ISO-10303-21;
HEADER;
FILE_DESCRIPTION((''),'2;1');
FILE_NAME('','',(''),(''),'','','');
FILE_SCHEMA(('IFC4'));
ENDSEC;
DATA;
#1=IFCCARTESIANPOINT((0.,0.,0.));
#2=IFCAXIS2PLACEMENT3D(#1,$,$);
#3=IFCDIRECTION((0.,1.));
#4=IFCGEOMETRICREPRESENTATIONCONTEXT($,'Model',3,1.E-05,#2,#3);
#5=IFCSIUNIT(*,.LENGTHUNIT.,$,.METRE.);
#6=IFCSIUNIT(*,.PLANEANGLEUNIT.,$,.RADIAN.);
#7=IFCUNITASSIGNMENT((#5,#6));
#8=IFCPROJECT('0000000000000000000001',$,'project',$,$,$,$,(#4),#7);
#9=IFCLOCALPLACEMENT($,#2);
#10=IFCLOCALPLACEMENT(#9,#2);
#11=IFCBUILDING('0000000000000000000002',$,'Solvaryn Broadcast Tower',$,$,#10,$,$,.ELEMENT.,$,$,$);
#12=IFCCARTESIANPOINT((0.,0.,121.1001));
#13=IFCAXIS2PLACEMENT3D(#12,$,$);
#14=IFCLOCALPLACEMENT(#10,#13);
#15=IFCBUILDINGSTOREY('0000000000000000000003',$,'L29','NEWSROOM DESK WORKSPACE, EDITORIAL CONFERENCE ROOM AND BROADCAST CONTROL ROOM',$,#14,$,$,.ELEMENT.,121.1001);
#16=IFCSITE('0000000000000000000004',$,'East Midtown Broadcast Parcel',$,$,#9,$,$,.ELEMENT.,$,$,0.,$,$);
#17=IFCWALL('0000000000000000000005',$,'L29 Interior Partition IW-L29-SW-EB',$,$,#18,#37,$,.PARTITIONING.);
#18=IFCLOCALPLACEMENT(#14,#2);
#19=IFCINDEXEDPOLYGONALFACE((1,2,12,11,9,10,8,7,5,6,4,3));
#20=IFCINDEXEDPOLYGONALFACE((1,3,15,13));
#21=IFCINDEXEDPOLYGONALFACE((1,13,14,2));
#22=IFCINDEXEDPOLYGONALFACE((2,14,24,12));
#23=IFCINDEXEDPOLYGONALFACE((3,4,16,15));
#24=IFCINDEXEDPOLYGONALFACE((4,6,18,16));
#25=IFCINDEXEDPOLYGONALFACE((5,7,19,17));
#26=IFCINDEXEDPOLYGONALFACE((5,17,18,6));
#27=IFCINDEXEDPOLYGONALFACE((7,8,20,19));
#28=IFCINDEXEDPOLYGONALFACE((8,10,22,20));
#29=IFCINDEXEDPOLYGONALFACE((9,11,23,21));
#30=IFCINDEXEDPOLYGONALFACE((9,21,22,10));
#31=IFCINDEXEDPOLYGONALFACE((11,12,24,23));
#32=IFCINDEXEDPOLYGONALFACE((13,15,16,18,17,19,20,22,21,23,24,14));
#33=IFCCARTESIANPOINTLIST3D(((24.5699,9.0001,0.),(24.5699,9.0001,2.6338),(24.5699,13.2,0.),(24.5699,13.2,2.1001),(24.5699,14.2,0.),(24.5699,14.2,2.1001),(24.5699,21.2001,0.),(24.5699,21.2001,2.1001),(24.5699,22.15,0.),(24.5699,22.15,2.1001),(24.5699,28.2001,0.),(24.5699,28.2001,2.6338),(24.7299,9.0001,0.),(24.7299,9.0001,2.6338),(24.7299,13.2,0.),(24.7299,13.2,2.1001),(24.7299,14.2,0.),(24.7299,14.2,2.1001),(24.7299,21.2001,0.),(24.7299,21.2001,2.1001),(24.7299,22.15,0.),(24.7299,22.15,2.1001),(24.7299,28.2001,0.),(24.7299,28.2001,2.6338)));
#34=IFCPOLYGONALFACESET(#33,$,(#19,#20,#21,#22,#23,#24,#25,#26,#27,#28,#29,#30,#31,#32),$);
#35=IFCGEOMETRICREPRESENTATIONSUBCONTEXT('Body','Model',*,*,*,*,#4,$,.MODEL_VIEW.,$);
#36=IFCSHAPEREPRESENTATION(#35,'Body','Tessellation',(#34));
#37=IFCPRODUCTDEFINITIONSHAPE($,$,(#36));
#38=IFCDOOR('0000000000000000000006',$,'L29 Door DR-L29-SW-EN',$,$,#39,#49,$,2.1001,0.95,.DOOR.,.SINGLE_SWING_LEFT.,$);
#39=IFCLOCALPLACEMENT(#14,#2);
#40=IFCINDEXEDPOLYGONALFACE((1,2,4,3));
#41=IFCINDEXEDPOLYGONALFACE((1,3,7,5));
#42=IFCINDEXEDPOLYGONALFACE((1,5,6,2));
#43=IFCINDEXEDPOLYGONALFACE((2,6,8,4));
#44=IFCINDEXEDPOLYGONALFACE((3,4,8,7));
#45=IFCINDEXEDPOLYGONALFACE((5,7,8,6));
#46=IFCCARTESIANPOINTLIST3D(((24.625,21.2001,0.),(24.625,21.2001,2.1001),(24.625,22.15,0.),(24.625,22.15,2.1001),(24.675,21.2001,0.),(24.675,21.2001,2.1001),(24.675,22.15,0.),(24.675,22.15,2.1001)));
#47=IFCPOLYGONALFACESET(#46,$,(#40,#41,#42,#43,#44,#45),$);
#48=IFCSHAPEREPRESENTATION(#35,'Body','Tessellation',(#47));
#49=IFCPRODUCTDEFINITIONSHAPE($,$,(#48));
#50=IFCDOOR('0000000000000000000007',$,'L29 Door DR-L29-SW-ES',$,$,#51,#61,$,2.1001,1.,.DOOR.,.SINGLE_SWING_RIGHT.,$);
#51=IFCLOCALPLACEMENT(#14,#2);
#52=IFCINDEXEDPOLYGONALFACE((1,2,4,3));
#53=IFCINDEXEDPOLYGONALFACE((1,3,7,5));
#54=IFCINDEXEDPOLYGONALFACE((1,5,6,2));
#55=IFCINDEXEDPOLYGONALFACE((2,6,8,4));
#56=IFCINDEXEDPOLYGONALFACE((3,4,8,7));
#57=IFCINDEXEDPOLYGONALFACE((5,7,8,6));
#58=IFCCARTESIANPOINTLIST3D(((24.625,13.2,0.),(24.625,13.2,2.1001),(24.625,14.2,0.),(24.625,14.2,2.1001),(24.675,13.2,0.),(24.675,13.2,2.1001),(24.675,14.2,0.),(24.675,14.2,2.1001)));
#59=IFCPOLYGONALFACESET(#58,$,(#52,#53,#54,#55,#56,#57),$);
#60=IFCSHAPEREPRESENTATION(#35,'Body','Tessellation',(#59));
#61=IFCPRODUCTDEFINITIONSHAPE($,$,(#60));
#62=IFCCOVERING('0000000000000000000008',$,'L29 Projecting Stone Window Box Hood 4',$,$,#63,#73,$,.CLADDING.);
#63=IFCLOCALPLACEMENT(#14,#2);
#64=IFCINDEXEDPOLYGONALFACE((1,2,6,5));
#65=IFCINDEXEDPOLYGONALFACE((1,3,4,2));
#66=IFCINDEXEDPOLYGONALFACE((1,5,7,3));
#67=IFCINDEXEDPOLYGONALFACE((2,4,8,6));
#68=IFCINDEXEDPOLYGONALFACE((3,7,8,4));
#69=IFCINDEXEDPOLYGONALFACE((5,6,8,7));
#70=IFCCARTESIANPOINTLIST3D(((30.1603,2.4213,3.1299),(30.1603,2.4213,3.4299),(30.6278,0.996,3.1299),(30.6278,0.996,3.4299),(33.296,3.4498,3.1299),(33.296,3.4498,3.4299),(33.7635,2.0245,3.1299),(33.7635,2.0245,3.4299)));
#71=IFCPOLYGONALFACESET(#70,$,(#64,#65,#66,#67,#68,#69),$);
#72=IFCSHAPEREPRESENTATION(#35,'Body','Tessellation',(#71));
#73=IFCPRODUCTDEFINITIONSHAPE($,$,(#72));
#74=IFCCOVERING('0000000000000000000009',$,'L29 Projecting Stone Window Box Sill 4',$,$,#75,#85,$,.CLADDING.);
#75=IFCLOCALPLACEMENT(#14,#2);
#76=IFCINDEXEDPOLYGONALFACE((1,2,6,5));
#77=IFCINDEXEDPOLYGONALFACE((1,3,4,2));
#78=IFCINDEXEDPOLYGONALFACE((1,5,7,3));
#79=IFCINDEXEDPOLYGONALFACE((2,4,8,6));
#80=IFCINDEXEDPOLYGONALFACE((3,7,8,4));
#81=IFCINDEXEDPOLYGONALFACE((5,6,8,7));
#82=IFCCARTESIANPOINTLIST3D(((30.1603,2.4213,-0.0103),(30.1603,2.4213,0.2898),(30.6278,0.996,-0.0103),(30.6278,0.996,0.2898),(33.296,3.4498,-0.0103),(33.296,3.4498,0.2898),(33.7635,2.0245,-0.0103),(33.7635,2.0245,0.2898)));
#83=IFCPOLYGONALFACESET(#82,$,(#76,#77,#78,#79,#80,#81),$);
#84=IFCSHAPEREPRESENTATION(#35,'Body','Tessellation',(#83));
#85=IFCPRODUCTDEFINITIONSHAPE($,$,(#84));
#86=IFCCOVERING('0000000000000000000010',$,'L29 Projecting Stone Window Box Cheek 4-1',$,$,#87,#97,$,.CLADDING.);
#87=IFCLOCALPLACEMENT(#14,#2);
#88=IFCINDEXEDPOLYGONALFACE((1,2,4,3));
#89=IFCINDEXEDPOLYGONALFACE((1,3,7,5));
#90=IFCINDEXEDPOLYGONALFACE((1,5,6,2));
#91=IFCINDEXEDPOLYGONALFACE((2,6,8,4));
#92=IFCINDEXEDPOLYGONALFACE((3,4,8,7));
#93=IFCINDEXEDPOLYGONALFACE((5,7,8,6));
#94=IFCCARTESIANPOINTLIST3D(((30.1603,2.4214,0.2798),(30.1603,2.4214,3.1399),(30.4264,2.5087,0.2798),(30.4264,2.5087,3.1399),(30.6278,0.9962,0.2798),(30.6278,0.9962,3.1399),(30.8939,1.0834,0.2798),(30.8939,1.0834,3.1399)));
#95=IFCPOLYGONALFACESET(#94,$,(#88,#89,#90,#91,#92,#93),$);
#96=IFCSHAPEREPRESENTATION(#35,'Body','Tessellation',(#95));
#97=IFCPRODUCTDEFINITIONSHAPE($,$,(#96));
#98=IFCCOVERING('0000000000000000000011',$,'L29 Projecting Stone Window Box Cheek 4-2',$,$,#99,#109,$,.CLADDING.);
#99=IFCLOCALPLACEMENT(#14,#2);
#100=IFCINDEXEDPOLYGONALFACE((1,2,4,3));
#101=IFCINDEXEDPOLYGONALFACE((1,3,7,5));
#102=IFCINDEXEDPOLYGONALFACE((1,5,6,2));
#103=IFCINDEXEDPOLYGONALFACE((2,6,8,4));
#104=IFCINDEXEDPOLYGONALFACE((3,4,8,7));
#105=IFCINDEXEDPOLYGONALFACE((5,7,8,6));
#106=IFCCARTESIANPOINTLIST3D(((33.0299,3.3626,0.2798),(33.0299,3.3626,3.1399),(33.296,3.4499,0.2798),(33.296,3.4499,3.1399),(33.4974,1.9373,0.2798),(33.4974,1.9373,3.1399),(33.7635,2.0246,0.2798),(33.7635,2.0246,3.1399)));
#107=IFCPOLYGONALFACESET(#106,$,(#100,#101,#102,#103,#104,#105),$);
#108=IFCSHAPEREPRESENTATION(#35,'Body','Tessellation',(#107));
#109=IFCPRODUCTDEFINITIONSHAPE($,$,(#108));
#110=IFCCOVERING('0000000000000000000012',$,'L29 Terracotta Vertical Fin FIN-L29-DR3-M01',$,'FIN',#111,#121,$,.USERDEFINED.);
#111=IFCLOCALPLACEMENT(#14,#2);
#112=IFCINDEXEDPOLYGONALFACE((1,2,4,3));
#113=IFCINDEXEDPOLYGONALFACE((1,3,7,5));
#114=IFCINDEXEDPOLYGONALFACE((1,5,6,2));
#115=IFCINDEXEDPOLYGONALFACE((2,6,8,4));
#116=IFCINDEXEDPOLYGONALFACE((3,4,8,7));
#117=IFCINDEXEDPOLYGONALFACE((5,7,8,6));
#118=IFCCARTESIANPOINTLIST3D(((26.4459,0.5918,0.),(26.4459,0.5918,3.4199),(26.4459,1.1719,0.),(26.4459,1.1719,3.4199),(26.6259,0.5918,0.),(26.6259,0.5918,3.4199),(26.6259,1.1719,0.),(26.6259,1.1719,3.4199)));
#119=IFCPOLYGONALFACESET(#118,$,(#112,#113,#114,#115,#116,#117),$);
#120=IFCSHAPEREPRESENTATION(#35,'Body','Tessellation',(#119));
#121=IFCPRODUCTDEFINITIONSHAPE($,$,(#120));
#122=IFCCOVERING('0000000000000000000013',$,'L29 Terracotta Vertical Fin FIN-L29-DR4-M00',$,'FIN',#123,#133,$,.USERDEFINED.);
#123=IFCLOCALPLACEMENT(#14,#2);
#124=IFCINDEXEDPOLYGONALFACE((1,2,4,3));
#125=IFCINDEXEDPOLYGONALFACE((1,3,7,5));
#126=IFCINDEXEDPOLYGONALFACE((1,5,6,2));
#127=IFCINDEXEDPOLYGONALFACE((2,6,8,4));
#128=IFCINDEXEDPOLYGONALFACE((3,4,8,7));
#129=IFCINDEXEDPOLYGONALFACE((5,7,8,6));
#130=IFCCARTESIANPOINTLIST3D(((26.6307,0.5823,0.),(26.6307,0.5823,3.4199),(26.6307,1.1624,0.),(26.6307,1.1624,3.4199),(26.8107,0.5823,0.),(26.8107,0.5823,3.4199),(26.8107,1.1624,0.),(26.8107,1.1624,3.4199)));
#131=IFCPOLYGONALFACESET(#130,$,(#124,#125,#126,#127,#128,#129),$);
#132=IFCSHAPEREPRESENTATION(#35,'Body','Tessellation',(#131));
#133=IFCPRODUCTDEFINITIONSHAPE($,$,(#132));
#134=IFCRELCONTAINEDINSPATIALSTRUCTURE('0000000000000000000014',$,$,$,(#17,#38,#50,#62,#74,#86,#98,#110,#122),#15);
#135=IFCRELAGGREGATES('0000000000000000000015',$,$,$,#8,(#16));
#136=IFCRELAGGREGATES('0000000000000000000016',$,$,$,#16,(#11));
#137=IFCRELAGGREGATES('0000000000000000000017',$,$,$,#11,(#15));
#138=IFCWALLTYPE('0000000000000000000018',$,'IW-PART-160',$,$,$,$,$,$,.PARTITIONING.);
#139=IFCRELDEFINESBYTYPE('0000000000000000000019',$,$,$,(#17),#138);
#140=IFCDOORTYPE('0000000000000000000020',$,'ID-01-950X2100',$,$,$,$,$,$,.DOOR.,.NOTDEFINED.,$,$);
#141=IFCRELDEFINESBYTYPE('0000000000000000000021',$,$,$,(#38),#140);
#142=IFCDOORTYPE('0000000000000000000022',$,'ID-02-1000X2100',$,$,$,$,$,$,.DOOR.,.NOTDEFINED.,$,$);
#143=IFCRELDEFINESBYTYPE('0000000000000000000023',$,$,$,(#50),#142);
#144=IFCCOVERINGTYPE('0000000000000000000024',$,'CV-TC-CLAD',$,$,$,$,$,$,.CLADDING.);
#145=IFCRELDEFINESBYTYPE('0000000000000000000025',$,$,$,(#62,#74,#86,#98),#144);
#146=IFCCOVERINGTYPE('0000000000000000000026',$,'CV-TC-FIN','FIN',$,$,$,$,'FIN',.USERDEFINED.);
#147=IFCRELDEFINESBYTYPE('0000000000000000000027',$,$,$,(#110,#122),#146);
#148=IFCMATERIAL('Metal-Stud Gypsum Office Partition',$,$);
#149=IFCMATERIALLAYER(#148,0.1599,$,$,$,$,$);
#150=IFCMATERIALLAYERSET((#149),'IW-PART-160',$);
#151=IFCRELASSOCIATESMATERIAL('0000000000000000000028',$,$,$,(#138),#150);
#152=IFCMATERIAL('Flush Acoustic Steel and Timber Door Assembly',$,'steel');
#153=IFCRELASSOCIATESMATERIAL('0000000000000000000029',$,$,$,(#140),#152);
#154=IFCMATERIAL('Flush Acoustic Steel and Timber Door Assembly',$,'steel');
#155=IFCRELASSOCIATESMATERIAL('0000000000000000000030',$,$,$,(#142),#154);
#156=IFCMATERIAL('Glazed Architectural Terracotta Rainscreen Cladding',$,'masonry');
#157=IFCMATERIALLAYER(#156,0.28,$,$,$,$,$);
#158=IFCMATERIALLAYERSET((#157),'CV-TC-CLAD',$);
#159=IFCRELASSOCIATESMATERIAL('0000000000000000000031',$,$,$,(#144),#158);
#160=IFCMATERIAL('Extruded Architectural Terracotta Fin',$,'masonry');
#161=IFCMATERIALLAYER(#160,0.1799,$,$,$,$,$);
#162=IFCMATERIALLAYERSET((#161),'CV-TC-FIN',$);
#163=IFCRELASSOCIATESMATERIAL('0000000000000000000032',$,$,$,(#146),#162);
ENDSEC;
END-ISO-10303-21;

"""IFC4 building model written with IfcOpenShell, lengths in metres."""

from ifc_helpers import new_model, si_unit, direction, frame, frame_2d, origin, origin_2d, place, context, subcontext, project, spatial, rectangle, extrude, material, layer, layer_set, type_object, element, fill, save


model = new_model("IFC4")

# Units and contexts
model_context = context("Model", 3, precision=1e-05, world=origin(), true_north=direction((0.0, 1.0)))
body_context = subcontext(model_context, "Body", "Model", "MODEL_VIEW")
ifc_project = project(units=[si_unit("LENGTHUNIT", "METRE"), si_unit("PLANEANGLEUNIT", "RADIAN")], contexts=[model_context])

# Site, building, storey
site_placement = place(None, origin())
site = spatial("IfcSite", under=ifc_project, at=site_placement, Name="East Midtown Broadcast Parcel", CompositionType="ELEMENT", RefElevation=0.0)
building_placement = place(site_placement, origin())
building = spatial("IfcBuilding", under=site, at=building_placement, Name="Solvaryn Broadcast Tower", CompositionType="ELEMENT")
storey_placement = place(building_placement, frame((0.0, 0.0, 121.1001)))
storey = spatial("IfcBuildingStorey", under=building, at=storey_placement, Name="L29", Description="NEWSROOM DESK WORKSPACE, EDITORIAL CONFERENCE ROOM AND BROADCAST CONTROL ROOM", CompositionType="ELEMENT", Elevation=121.1001)

# Wall, openings, doors
ifc_material_1 = material(Name="Metal-Stud Gypsum Office Partition")
ifc_layer_1 = layer(ifc_material_1, 0.1599)
ifc_layer_set_1 = layer_set([ifc_layer_1], Name="IW-PART-160")
wall_type_1 = type_object("IfcWallType", Name="IW-PART-160", PredefinedType="PARTITIONING", material=ifc_layer_set_1)
wall_1_placement = place(storey_placement, frame((24.6499, 9.0, 0.0), z_axis=(0.0, 0.0, 1.0), x_axis=(0.0, 1.0, 0.0)))
wall_1 = element("IfcWall", 1, at=wall_1_placement, inside=storey, type_object=wall_type_1, Name="L29 Interior Partition IW-L29-SW-EB", PredefinedType="PARTITIONING", context=body_context, shape_type="SweptSolid", body=[
    extrude(rectangle(XDim=19.2, YDim=0.1599, at=frame_2d((9.6001, 0.0))), origin(), (0.0, 0.0, 1.0), 2.6338),
])
opening_1_placement = place(wall_1_placement, frame((12.2, 0.0, 0.0)))
opening_1 = element("IfcOpeningElement", 2, at=opening_1_placement, cuts=wall_1, PredefinedType="OPENING", context=body_context, shape_type="SweptSolid", body=[
    extrude(rectangle(XDim=0.95, YDim=2.1001, at=frame_2d((0.4751, 1.05))), frame((0.0, 0.0901, 0.0), z_axis=(0.0, -1.0, 0.0), x_axis=(1.0, 0.0, 0.0)), (0.0, 0.0, 1.0), 0.1799),
])
opening_2_placement = place(wall_1_placement, frame((4.2, 0.0, 0.0)))
opening_2 = element("IfcOpeningElement", 3, at=opening_2_placement, cuts=wall_1, PredefinedType="OPENING", context=body_context, shape_type="SweptSolid", body=[
    extrude(rectangle(XDim=1.0, YDim=2.1001, at=frame_2d((0.5, 1.05))), frame((0.0, 0.0901, 0.0), z_axis=(0.0, -1.0, 0.0), x_axis=(1.0, 0.0, 0.0)), (0.0, 0.0, 1.0), 0.1799),
])
ifc_material_2 = material(Name="Flush Acoustic Steel and Timber Door Assembly", Category="steel")
door_type_1 = type_object("IfcDoorType", Name="ID-01-950X2100", OperationType="NOTDEFINED", PredefinedType="DOOR", material=ifc_material_2)
door_1_placement = place(opening_1_placement, origin())
door_1 = element("IfcDoor", 4, at=door_1_placement, inside=storey, type_object=door_type_1, Name="L29 Door DR-L29-SW-EN", OperationType="SINGLE_SWING_LEFT", OverallHeight=2.1001, OverallWidth=0.95, PredefinedType="DOOR", context=body_context, shape_type="SweptSolid", body=[
    extrude(rectangle(XDim=0.95, YDim=2.1001, at=frame_2d((0.4751, 1.05))), frame((0.0, 0.0249, 0.0), z_axis=(0.0, -1.0, 0.0), x_axis=(1.0, 0.0, 0.0)), (0.0, 0.0, 1.0), 0.05),
])
fill(opening_1, door_1)
ifc_material_3 = material(Name="Flush Acoustic Steel and Timber Door Assembly", Category="steel")
door_type_2 = type_object("IfcDoorType", Name="ID-02-1000X2100", OperationType="NOTDEFINED", PredefinedType="DOOR", material=ifc_material_3)
door_2_placement = place(opening_2_placement, origin())
door_2 = element("IfcDoor", 5, at=door_2_placement, inside=storey, type_object=door_type_2, Name="L29 Door DR-L29-SW-ES", OperationType="SINGLE_SWING_RIGHT", OverallHeight=2.1001, OverallWidth=1.0, PredefinedType="DOOR", context=body_context, shape_type="SweptSolid", body=[
    extrude(rectangle(XDim=1.0, YDim=2.1001, at=frame_2d((0.5, 1.05))), frame((0.0, 0.0249, 0.0), z_axis=(0.0, -1.0, 0.0), x_axis=(1.0, 0.0, 0.0)), (0.0, 0.0, 1.0), 0.05),
])
fill(opening_2, door_2)

# Coverings
ifc_material_4 = material(Name="Glazed Architectural Terracotta Rainscreen Cladding", Category="masonry")
ifc_layer_2 = layer(ifc_material_4, 0.28)
ifc_layer_set_2 = layer_set([ifc_layer_2], Name="CV-TC-CLAD")
covering_type_1 = type_object("IfcCoveringType", Name="CV-TC-CLAD", PredefinedType="CLADDING", material=ifc_layer_set_2)
for number, where, z_axis, x_axis, name in (
    (6, (31.9619, 2.2229, 3.1299), (0.0, 0.0, 1.0), (0.95019, 0.311672, 0.0), "L29 Projecting Stone Window Box Hood 4"),
    (7, (31.9619, 2.2229, -0.0103), (0.0, 0.0, 1.0), (0.95019, 0.311672, 0.0), "L29 Projecting Stone Window Box Sill 4"),
):
    element("IfcCovering", number, at=place(storey_placement, frame(where, z_axis=z_axis, x_axis=x_axis)), inside=storey, type_object=covering_type_1, Name=name, PredefinedType="CLADDING", context=body_context, shape_type="SweptSolid", body=[
        extrude(rectangle(XDim=3.3, YDim=1.5, at=origin_2d()), origin(), (0.0, 0.0, 1.0), 0.3),
    ])
for number, where, z_axis, x_axis, name in (
    (8, (30.5271, 1.7524, 0.2798), (0.0, 0.0, 1.0), (0.95019, 0.311672, 0.0), "L29 Projecting Stone Window Box Cheek 4-1"),
    (9, (33.3967, 2.6936, 0.2798), (0.0, 0.0, 1.0), (0.95019, 0.311672, 0.0), "L29 Projecting Stone Window Box Cheek 4-2"),
):
    element("IfcCovering", number, at=place(storey_placement, frame(where, z_axis=z_axis, x_axis=x_axis)), inside=storey, type_object=covering_type_1, Name=name, PredefinedType="CLADDING", context=body_context, shape_type="SweptSolid", body=[
        extrude(rectangle(XDim=0.28, YDim=1.5, at=origin_2d()), origin(), (0.0, 0.0, 1.0), 2.8601),
    ])
ifc_material_5 = material(Name="Extruded Architectural Terracotta Fin", Category="masonry")
ifc_layer_3 = layer(ifc_material_5, 0.1799)
ifc_layer_set_3 = layer_set([ifc_layer_3], Name="CV-TC-FIN")
covering_type_2 = type_object("IfcCoveringType", Name="CV-TC-FIN", Description="FIN", ElementType="FIN", PredefinedType="USERDEFINED", material=ifc_layer_set_3)
for number, where, z_axis, x_axis, name in (
    (10, (26.5359, 0.8818, 0.0), (0.0, 0.0, 1.0), (1.0, 0.0, 0.0), "L29 Terracotta Vertical Fin FIN-L29-DR3-M01"),
    (11, (26.7207, 0.8723, 0.0), (0.0, 0.0, 1.0), (1.0, 0.0, 0.0), "L29 Terracotta Vertical Fin FIN-L29-DR4-M00"),
):
    element("IfcCovering", number, at=place(storey_placement, frame(where, z_axis=z_axis, x_axis=x_axis)), inside=storey, type_object=covering_type_2, Name=name, ObjectType="FIN", PredefinedType="USERDEFINED", context=body_context, shape_type="SweptSolid", body=[
        extrude(rectangle(XDim=0.1799, YDim=0.5801, at=origin_2d()), origin(), (0.0, 0.0, 1.0), 3.4199),
    ])

save(model, "model.ifc")
